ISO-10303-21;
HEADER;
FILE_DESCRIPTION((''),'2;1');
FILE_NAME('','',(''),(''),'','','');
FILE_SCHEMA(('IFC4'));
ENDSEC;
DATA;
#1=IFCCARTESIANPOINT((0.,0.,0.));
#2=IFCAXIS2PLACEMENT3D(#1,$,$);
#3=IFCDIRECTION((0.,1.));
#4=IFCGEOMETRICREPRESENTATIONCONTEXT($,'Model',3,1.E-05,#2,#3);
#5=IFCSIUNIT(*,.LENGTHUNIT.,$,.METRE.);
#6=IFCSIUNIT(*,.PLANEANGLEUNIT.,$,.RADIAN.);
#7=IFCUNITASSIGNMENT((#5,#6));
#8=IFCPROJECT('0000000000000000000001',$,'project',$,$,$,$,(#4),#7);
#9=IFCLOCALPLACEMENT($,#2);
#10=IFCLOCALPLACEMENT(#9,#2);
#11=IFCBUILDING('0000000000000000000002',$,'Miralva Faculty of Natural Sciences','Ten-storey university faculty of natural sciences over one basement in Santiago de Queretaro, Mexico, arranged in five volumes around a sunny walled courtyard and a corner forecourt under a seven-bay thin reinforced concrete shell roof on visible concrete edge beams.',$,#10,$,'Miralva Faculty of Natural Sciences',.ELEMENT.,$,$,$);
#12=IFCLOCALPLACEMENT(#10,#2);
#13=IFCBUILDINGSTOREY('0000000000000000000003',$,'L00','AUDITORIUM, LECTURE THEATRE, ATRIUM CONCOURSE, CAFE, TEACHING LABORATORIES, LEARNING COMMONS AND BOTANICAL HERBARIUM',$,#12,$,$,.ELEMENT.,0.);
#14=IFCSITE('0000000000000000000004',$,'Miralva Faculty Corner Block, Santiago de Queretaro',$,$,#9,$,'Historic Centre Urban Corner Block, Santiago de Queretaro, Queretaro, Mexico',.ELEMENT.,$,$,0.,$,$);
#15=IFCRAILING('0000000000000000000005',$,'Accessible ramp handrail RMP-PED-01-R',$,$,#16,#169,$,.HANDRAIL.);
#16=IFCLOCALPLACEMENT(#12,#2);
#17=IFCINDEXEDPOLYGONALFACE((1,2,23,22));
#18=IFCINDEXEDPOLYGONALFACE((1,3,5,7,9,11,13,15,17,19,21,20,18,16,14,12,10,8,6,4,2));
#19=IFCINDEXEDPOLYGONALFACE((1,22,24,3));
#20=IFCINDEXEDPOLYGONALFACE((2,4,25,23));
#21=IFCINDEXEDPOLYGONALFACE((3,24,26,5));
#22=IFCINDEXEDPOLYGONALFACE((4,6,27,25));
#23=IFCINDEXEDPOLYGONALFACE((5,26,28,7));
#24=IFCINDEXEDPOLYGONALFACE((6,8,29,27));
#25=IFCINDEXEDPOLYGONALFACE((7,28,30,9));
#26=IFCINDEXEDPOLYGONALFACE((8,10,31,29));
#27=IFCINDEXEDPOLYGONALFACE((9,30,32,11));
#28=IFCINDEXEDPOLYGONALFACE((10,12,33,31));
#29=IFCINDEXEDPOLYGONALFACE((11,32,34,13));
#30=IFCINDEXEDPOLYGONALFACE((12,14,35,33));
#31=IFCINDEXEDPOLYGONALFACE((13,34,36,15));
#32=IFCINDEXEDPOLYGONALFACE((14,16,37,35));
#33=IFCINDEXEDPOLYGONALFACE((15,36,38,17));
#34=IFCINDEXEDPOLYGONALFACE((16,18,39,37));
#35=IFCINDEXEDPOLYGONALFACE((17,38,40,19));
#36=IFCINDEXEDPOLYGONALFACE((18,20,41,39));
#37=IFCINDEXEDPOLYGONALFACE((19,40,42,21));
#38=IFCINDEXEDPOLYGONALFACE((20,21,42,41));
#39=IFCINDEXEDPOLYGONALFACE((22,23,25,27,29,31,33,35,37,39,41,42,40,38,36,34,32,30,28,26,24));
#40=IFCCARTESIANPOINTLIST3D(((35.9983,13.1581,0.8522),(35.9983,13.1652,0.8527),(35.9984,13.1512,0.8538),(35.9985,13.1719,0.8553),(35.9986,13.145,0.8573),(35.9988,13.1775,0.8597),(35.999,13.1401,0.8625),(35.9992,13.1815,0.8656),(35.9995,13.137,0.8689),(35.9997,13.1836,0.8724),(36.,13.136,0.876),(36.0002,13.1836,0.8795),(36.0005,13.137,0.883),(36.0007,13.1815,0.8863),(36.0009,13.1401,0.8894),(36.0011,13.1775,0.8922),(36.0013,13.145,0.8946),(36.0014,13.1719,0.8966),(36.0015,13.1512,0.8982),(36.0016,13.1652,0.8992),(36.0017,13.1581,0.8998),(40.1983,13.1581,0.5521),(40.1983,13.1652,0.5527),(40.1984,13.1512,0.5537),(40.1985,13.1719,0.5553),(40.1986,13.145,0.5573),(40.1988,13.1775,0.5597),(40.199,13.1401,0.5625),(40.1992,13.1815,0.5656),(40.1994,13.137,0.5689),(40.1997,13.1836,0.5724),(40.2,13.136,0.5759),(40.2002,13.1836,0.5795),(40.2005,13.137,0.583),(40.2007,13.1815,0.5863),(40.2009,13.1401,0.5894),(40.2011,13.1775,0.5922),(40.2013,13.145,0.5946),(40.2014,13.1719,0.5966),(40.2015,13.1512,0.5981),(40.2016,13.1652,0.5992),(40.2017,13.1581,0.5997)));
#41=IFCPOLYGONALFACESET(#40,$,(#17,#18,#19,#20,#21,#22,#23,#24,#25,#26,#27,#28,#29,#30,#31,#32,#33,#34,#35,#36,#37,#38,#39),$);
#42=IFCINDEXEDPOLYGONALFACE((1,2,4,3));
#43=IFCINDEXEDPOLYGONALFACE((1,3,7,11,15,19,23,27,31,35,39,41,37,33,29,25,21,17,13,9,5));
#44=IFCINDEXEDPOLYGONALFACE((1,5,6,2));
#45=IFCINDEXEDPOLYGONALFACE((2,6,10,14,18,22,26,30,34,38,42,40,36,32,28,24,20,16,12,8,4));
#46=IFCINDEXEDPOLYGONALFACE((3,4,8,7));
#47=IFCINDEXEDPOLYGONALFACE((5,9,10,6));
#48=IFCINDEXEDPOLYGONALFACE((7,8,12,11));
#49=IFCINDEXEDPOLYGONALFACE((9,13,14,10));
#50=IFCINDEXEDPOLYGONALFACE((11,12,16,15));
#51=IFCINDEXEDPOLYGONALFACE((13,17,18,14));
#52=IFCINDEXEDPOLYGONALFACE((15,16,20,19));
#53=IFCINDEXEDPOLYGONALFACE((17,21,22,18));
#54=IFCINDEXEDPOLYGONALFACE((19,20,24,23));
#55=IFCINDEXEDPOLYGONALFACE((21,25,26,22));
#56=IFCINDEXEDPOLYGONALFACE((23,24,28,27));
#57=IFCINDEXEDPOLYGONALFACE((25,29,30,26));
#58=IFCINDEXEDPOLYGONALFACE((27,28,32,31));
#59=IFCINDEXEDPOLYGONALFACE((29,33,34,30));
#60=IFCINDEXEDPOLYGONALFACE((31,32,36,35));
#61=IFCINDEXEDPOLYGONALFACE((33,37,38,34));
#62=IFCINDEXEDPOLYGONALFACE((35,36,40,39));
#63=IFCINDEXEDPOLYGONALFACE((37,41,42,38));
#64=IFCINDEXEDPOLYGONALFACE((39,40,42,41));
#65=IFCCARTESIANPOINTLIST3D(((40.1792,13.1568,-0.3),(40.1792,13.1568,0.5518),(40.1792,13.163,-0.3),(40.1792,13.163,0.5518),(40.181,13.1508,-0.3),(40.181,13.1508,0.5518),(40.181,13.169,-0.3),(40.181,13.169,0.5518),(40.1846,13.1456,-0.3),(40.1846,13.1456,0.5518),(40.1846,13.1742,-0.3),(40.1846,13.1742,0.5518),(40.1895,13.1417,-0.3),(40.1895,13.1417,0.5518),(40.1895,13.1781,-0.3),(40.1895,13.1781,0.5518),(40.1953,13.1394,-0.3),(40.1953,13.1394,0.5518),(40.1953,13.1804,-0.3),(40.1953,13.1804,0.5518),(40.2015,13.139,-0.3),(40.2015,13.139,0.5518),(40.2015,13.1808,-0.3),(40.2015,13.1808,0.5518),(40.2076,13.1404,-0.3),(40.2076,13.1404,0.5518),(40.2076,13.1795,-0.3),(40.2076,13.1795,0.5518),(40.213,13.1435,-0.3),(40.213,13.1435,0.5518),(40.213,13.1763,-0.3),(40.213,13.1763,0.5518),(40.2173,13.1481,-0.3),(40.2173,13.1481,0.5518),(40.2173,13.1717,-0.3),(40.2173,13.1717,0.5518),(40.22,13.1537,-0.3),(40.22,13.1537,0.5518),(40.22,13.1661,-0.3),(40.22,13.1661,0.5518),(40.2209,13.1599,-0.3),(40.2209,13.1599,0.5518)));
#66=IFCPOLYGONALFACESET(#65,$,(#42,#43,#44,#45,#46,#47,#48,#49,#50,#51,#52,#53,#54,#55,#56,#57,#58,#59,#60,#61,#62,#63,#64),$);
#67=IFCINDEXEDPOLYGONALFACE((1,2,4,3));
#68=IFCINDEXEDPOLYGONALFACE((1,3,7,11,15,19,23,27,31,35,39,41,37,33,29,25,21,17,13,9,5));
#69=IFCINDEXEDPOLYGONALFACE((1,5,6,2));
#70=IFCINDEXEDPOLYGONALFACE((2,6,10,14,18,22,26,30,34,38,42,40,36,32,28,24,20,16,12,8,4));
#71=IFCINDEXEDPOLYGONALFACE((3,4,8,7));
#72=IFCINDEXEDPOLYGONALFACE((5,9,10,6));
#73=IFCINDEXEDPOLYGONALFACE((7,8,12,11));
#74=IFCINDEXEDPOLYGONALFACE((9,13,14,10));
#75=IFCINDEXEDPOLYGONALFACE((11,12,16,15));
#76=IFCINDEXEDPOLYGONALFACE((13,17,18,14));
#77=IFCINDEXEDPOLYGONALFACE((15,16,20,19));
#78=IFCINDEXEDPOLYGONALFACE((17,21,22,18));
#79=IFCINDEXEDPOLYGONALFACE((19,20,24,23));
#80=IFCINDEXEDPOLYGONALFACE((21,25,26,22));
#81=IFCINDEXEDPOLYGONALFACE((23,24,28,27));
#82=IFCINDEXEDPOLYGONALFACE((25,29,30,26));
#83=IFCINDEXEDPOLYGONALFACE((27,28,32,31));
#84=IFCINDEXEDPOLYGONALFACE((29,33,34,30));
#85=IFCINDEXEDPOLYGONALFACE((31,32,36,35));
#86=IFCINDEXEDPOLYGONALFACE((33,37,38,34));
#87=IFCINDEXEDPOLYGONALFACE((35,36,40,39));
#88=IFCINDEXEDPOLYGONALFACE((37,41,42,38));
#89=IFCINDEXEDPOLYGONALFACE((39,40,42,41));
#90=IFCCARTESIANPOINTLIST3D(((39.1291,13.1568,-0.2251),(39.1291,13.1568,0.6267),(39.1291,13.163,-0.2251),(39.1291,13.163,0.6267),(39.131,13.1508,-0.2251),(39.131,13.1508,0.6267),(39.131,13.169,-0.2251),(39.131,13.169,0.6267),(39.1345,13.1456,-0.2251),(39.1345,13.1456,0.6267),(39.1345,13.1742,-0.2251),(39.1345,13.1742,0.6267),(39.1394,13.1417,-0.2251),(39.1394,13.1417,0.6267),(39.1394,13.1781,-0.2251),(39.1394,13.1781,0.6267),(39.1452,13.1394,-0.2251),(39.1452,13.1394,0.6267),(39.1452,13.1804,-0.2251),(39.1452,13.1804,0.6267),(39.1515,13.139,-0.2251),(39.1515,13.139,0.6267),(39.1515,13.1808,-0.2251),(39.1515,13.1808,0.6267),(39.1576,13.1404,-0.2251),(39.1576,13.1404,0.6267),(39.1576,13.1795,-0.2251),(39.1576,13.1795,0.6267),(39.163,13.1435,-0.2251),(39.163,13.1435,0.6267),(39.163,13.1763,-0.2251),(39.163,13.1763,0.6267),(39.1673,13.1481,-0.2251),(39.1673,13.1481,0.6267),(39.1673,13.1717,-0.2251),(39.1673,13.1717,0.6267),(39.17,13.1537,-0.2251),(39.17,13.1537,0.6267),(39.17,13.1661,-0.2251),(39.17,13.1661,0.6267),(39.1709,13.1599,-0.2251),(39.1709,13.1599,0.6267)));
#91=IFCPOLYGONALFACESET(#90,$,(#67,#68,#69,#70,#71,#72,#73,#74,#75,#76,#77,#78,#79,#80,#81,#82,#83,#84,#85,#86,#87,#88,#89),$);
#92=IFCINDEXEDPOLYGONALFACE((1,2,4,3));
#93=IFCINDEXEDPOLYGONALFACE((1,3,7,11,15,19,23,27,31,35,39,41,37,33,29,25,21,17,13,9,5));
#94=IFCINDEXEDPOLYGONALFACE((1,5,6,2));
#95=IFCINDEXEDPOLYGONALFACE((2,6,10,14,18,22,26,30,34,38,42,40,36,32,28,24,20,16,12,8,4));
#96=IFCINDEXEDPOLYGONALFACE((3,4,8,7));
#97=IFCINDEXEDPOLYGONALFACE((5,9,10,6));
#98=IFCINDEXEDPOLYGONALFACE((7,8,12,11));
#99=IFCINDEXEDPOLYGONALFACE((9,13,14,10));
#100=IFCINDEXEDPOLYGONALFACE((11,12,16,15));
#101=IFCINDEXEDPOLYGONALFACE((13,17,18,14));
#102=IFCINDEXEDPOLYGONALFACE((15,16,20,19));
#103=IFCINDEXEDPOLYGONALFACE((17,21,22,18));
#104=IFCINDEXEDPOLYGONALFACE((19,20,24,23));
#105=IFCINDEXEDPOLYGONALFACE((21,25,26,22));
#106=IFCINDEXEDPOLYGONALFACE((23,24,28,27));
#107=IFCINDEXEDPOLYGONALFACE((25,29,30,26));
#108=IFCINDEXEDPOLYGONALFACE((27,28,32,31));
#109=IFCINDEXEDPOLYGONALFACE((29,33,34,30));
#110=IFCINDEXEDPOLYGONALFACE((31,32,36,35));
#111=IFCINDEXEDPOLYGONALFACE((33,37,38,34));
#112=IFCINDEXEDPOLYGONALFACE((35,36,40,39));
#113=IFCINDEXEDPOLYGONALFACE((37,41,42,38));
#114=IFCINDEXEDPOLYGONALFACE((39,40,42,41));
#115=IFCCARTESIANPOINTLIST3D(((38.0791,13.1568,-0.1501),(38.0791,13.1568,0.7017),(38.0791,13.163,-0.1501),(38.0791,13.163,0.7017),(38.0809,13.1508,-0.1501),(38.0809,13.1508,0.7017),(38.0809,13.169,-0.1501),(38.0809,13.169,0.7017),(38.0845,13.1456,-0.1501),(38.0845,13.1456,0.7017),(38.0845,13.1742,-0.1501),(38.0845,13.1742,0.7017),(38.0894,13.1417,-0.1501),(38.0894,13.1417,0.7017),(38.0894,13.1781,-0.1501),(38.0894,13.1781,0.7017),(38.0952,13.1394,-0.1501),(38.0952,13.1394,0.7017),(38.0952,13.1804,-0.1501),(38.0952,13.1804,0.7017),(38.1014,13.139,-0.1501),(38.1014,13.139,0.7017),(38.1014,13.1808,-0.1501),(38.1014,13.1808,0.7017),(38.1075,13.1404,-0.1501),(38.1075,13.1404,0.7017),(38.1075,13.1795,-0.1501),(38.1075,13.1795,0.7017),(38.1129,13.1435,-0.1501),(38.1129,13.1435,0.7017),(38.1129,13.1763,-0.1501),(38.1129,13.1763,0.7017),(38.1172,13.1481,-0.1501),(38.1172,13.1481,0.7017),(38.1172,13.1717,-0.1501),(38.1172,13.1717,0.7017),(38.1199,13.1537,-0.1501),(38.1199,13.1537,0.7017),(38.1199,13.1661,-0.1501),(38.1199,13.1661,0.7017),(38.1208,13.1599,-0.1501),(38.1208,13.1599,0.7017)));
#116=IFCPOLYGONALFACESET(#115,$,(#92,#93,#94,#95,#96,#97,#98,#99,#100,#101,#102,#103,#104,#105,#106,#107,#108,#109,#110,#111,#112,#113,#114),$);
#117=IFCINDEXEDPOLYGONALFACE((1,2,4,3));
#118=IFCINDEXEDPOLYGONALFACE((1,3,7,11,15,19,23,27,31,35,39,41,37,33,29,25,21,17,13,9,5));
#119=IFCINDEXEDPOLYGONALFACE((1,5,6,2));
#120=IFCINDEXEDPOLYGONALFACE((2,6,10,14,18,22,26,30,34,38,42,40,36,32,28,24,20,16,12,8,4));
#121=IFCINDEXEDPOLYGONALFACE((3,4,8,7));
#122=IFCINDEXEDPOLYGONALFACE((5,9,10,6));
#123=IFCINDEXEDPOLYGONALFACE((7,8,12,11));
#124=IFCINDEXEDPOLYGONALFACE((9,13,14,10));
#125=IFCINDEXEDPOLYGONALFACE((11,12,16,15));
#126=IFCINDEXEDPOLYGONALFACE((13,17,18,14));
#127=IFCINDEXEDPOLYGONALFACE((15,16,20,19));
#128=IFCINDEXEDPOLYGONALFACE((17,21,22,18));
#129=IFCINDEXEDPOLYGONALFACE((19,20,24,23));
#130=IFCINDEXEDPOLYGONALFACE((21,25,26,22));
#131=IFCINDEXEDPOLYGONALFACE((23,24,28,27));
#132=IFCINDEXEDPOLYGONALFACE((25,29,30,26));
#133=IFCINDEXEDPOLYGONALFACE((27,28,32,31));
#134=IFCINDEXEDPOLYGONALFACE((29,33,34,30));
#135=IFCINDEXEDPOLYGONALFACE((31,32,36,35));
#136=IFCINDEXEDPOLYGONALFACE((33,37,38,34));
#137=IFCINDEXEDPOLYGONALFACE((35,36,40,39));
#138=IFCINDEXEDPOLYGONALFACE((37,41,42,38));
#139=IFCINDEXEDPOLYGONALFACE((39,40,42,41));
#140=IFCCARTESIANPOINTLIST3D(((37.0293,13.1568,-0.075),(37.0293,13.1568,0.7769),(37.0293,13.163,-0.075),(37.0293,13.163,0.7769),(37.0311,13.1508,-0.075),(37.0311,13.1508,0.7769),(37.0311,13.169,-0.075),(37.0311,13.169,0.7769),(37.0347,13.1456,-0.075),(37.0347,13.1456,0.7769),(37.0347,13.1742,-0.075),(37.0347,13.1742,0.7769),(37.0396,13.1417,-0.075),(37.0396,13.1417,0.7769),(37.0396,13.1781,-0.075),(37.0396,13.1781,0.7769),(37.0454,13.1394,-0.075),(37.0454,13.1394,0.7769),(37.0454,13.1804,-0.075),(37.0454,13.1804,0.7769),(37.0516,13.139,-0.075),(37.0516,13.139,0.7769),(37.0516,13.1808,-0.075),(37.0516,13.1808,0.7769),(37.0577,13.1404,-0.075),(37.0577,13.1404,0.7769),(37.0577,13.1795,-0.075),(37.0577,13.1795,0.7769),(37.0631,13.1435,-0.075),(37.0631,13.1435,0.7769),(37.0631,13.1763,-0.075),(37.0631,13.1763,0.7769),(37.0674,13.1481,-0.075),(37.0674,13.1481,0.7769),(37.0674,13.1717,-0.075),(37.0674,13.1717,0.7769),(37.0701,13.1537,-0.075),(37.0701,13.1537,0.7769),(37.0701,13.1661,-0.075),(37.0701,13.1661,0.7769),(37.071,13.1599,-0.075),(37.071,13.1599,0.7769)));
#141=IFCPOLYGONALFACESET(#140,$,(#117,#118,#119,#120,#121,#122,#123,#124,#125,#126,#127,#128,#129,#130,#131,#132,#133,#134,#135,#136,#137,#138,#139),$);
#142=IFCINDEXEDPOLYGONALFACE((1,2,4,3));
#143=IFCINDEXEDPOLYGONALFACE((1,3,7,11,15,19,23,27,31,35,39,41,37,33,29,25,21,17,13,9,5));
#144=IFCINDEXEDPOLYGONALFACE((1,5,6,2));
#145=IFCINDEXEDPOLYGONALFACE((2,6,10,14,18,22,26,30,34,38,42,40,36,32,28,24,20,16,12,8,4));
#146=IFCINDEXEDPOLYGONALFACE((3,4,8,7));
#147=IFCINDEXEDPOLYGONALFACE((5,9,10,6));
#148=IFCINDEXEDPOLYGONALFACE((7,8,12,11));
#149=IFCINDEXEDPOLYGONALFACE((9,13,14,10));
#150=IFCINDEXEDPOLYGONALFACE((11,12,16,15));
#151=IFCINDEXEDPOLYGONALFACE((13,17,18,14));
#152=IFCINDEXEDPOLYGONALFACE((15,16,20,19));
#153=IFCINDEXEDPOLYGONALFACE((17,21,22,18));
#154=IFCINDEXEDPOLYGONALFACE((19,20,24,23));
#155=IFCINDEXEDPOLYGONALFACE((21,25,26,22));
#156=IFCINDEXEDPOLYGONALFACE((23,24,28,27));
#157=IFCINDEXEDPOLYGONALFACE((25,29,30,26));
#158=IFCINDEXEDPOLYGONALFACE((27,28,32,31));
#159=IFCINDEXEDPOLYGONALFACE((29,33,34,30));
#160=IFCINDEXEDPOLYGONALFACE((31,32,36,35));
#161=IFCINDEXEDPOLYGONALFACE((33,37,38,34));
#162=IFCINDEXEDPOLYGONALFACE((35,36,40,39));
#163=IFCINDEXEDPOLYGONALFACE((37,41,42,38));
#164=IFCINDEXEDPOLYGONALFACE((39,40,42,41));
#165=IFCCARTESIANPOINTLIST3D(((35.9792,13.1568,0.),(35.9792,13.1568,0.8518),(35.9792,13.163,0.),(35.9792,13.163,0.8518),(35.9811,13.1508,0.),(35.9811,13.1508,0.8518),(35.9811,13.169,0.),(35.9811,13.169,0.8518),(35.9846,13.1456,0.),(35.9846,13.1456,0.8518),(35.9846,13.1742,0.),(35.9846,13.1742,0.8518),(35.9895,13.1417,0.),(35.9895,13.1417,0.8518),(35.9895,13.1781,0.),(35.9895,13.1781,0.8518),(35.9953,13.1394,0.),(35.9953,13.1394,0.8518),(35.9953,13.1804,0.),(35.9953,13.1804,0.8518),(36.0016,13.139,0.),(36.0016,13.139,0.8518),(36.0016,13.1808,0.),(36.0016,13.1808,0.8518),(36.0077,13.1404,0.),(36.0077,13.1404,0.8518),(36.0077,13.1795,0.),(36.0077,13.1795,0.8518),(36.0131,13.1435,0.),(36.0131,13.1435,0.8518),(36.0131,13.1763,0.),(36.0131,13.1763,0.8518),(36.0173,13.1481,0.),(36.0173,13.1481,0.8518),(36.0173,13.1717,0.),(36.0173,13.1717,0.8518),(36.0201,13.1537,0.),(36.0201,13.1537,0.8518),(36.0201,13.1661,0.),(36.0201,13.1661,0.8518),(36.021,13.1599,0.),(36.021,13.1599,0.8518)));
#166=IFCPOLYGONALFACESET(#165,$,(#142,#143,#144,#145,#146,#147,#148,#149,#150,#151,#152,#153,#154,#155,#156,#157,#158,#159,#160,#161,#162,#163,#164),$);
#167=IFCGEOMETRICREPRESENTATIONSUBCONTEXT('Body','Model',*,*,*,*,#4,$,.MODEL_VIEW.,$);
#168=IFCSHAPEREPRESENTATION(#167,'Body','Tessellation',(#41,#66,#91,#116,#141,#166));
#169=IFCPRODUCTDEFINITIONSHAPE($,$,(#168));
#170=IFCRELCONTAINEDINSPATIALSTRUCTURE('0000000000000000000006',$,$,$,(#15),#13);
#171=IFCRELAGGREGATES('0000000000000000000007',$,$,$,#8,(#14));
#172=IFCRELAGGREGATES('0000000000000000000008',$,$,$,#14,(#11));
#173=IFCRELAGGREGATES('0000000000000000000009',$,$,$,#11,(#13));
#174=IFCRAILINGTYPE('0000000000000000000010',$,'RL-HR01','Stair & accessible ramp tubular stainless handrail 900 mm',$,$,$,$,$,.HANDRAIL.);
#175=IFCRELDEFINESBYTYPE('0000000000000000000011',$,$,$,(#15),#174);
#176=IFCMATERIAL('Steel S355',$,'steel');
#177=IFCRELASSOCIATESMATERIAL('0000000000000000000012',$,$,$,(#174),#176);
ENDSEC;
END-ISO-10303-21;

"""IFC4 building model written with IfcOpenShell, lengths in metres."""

from ifc_helpers import new_model, si_unit, direction, frame, origin, origin_2d, place, context, subcontext, project, spatial, circle, extrude, material, type_object, element, save


model = new_model("IFC4")

# Units and contexts
model_context = context("Model", 3, precision=1e-05, world=origin(), true_north=direction((0.0, 1.0)))
body_context = subcontext(model_context, "Body", "Model", "MODEL_VIEW")
ifc_project = project(units=[si_unit("LENGTHUNIT", "METRE"), si_unit("PLANEANGLEUNIT", "RADIAN")], contexts=[model_context])

# Site, building, storey
site_placement = place(None, origin())
site = spatial("IfcSite", under=ifc_project, at=site_placement, Name="Miralva Faculty Corner Block, Santiago de Queretaro", LongName="Historic Centre Urban Corner Block, Santiago de Queretaro, Queretaro, Mexico", CompositionType="ELEMENT", RefElevation=0.0)
building_placement = place(site_placement, origin())
building = spatial("IfcBuilding", under=site, at=building_placement, Name="Miralva Faculty of Natural Sciences", Description="Ten-storey university faculty of natural sciences over one basement in Santiago de Queretaro, Mexico, arranged in five volumes around a sunny walled courtyard and a corner forecourt under a seven-bay thin reinforced concrete shell roof on visible concrete edge beams.", LongName="Miralva Faculty of Natural Sciences", CompositionType="ELEMENT")
storey_placement = place(building_placement, origin())
storey = spatial("IfcBuildingStorey", under=building, at=storey_placement, Name="L00", Description="AUDITORIUM, LECTURE THEATRE, ATRIUM CONCOURSE, CAFE, TEACHING LABORATORIES, LEARNING COMMONS AND BOTANICAL HERBARIUM", CompositionType="ELEMENT", Elevation=0.0)

# Shared definitions
ifc_material_1 = material(Name="Steel S355", Category="steel")

# Railing
railing_type = type_object("IfcRailingType", Name="RL-HR01", Description="Stair & accessible ramp tubular stainless handrail 900 mm", PredefinedType="HANDRAIL", material=ifc_material_1)
for number, where, name in (
    (1, (40.2, 13.1599, -0.3), "Accessible ramp handrail RMP-PED-01-R"),
):
    element("IfcRailing", number, at=place(storey_placement, frame(where)), inside=storey, type_object=railing_type, Name=name, PredefinedType="HANDRAIL", context=body_context, shape_type="SweptSolid", body=[
        extrude(circle(Radius=0.0239, at=origin_2d()), frame((0.0, 0.0, 0.876), z_axis=(-0.997458, 0.0, 0.071259), x_axis=(0.0, -1.0, 0.0)), (0.0, 0.0, 1.0), 4.2107),
        extrude(circle(Radius=0.021, at=origin_2d()), origin(), (0.0, 0.0, 1.0), 0.8518),
        extrude(circle(Radius=0.021, at=origin_2d()), frame((-1.05, 0.0, 0.075)), (0.0, 0.0, 1.0), 0.8518),
        extrude(circle(Radius=0.021, at=origin_2d()), frame((-2.1001, 0.0, 0.1499)), (0.0, 0.0, 1.0), 0.8518),
        extrude(circle(Radius=0.021, at=origin_2d()), frame((-3.1499, 0.0, 0.2251)), (0.0, 0.0, 1.0), 0.8518),
        extrude(circle(Radius=0.021, at=origin_2d()), frame((-4.2, 0.0, 0.3)), (0.0, 0.0, 1.0), 0.8518),
    ])

save(model, "model.ifc")
